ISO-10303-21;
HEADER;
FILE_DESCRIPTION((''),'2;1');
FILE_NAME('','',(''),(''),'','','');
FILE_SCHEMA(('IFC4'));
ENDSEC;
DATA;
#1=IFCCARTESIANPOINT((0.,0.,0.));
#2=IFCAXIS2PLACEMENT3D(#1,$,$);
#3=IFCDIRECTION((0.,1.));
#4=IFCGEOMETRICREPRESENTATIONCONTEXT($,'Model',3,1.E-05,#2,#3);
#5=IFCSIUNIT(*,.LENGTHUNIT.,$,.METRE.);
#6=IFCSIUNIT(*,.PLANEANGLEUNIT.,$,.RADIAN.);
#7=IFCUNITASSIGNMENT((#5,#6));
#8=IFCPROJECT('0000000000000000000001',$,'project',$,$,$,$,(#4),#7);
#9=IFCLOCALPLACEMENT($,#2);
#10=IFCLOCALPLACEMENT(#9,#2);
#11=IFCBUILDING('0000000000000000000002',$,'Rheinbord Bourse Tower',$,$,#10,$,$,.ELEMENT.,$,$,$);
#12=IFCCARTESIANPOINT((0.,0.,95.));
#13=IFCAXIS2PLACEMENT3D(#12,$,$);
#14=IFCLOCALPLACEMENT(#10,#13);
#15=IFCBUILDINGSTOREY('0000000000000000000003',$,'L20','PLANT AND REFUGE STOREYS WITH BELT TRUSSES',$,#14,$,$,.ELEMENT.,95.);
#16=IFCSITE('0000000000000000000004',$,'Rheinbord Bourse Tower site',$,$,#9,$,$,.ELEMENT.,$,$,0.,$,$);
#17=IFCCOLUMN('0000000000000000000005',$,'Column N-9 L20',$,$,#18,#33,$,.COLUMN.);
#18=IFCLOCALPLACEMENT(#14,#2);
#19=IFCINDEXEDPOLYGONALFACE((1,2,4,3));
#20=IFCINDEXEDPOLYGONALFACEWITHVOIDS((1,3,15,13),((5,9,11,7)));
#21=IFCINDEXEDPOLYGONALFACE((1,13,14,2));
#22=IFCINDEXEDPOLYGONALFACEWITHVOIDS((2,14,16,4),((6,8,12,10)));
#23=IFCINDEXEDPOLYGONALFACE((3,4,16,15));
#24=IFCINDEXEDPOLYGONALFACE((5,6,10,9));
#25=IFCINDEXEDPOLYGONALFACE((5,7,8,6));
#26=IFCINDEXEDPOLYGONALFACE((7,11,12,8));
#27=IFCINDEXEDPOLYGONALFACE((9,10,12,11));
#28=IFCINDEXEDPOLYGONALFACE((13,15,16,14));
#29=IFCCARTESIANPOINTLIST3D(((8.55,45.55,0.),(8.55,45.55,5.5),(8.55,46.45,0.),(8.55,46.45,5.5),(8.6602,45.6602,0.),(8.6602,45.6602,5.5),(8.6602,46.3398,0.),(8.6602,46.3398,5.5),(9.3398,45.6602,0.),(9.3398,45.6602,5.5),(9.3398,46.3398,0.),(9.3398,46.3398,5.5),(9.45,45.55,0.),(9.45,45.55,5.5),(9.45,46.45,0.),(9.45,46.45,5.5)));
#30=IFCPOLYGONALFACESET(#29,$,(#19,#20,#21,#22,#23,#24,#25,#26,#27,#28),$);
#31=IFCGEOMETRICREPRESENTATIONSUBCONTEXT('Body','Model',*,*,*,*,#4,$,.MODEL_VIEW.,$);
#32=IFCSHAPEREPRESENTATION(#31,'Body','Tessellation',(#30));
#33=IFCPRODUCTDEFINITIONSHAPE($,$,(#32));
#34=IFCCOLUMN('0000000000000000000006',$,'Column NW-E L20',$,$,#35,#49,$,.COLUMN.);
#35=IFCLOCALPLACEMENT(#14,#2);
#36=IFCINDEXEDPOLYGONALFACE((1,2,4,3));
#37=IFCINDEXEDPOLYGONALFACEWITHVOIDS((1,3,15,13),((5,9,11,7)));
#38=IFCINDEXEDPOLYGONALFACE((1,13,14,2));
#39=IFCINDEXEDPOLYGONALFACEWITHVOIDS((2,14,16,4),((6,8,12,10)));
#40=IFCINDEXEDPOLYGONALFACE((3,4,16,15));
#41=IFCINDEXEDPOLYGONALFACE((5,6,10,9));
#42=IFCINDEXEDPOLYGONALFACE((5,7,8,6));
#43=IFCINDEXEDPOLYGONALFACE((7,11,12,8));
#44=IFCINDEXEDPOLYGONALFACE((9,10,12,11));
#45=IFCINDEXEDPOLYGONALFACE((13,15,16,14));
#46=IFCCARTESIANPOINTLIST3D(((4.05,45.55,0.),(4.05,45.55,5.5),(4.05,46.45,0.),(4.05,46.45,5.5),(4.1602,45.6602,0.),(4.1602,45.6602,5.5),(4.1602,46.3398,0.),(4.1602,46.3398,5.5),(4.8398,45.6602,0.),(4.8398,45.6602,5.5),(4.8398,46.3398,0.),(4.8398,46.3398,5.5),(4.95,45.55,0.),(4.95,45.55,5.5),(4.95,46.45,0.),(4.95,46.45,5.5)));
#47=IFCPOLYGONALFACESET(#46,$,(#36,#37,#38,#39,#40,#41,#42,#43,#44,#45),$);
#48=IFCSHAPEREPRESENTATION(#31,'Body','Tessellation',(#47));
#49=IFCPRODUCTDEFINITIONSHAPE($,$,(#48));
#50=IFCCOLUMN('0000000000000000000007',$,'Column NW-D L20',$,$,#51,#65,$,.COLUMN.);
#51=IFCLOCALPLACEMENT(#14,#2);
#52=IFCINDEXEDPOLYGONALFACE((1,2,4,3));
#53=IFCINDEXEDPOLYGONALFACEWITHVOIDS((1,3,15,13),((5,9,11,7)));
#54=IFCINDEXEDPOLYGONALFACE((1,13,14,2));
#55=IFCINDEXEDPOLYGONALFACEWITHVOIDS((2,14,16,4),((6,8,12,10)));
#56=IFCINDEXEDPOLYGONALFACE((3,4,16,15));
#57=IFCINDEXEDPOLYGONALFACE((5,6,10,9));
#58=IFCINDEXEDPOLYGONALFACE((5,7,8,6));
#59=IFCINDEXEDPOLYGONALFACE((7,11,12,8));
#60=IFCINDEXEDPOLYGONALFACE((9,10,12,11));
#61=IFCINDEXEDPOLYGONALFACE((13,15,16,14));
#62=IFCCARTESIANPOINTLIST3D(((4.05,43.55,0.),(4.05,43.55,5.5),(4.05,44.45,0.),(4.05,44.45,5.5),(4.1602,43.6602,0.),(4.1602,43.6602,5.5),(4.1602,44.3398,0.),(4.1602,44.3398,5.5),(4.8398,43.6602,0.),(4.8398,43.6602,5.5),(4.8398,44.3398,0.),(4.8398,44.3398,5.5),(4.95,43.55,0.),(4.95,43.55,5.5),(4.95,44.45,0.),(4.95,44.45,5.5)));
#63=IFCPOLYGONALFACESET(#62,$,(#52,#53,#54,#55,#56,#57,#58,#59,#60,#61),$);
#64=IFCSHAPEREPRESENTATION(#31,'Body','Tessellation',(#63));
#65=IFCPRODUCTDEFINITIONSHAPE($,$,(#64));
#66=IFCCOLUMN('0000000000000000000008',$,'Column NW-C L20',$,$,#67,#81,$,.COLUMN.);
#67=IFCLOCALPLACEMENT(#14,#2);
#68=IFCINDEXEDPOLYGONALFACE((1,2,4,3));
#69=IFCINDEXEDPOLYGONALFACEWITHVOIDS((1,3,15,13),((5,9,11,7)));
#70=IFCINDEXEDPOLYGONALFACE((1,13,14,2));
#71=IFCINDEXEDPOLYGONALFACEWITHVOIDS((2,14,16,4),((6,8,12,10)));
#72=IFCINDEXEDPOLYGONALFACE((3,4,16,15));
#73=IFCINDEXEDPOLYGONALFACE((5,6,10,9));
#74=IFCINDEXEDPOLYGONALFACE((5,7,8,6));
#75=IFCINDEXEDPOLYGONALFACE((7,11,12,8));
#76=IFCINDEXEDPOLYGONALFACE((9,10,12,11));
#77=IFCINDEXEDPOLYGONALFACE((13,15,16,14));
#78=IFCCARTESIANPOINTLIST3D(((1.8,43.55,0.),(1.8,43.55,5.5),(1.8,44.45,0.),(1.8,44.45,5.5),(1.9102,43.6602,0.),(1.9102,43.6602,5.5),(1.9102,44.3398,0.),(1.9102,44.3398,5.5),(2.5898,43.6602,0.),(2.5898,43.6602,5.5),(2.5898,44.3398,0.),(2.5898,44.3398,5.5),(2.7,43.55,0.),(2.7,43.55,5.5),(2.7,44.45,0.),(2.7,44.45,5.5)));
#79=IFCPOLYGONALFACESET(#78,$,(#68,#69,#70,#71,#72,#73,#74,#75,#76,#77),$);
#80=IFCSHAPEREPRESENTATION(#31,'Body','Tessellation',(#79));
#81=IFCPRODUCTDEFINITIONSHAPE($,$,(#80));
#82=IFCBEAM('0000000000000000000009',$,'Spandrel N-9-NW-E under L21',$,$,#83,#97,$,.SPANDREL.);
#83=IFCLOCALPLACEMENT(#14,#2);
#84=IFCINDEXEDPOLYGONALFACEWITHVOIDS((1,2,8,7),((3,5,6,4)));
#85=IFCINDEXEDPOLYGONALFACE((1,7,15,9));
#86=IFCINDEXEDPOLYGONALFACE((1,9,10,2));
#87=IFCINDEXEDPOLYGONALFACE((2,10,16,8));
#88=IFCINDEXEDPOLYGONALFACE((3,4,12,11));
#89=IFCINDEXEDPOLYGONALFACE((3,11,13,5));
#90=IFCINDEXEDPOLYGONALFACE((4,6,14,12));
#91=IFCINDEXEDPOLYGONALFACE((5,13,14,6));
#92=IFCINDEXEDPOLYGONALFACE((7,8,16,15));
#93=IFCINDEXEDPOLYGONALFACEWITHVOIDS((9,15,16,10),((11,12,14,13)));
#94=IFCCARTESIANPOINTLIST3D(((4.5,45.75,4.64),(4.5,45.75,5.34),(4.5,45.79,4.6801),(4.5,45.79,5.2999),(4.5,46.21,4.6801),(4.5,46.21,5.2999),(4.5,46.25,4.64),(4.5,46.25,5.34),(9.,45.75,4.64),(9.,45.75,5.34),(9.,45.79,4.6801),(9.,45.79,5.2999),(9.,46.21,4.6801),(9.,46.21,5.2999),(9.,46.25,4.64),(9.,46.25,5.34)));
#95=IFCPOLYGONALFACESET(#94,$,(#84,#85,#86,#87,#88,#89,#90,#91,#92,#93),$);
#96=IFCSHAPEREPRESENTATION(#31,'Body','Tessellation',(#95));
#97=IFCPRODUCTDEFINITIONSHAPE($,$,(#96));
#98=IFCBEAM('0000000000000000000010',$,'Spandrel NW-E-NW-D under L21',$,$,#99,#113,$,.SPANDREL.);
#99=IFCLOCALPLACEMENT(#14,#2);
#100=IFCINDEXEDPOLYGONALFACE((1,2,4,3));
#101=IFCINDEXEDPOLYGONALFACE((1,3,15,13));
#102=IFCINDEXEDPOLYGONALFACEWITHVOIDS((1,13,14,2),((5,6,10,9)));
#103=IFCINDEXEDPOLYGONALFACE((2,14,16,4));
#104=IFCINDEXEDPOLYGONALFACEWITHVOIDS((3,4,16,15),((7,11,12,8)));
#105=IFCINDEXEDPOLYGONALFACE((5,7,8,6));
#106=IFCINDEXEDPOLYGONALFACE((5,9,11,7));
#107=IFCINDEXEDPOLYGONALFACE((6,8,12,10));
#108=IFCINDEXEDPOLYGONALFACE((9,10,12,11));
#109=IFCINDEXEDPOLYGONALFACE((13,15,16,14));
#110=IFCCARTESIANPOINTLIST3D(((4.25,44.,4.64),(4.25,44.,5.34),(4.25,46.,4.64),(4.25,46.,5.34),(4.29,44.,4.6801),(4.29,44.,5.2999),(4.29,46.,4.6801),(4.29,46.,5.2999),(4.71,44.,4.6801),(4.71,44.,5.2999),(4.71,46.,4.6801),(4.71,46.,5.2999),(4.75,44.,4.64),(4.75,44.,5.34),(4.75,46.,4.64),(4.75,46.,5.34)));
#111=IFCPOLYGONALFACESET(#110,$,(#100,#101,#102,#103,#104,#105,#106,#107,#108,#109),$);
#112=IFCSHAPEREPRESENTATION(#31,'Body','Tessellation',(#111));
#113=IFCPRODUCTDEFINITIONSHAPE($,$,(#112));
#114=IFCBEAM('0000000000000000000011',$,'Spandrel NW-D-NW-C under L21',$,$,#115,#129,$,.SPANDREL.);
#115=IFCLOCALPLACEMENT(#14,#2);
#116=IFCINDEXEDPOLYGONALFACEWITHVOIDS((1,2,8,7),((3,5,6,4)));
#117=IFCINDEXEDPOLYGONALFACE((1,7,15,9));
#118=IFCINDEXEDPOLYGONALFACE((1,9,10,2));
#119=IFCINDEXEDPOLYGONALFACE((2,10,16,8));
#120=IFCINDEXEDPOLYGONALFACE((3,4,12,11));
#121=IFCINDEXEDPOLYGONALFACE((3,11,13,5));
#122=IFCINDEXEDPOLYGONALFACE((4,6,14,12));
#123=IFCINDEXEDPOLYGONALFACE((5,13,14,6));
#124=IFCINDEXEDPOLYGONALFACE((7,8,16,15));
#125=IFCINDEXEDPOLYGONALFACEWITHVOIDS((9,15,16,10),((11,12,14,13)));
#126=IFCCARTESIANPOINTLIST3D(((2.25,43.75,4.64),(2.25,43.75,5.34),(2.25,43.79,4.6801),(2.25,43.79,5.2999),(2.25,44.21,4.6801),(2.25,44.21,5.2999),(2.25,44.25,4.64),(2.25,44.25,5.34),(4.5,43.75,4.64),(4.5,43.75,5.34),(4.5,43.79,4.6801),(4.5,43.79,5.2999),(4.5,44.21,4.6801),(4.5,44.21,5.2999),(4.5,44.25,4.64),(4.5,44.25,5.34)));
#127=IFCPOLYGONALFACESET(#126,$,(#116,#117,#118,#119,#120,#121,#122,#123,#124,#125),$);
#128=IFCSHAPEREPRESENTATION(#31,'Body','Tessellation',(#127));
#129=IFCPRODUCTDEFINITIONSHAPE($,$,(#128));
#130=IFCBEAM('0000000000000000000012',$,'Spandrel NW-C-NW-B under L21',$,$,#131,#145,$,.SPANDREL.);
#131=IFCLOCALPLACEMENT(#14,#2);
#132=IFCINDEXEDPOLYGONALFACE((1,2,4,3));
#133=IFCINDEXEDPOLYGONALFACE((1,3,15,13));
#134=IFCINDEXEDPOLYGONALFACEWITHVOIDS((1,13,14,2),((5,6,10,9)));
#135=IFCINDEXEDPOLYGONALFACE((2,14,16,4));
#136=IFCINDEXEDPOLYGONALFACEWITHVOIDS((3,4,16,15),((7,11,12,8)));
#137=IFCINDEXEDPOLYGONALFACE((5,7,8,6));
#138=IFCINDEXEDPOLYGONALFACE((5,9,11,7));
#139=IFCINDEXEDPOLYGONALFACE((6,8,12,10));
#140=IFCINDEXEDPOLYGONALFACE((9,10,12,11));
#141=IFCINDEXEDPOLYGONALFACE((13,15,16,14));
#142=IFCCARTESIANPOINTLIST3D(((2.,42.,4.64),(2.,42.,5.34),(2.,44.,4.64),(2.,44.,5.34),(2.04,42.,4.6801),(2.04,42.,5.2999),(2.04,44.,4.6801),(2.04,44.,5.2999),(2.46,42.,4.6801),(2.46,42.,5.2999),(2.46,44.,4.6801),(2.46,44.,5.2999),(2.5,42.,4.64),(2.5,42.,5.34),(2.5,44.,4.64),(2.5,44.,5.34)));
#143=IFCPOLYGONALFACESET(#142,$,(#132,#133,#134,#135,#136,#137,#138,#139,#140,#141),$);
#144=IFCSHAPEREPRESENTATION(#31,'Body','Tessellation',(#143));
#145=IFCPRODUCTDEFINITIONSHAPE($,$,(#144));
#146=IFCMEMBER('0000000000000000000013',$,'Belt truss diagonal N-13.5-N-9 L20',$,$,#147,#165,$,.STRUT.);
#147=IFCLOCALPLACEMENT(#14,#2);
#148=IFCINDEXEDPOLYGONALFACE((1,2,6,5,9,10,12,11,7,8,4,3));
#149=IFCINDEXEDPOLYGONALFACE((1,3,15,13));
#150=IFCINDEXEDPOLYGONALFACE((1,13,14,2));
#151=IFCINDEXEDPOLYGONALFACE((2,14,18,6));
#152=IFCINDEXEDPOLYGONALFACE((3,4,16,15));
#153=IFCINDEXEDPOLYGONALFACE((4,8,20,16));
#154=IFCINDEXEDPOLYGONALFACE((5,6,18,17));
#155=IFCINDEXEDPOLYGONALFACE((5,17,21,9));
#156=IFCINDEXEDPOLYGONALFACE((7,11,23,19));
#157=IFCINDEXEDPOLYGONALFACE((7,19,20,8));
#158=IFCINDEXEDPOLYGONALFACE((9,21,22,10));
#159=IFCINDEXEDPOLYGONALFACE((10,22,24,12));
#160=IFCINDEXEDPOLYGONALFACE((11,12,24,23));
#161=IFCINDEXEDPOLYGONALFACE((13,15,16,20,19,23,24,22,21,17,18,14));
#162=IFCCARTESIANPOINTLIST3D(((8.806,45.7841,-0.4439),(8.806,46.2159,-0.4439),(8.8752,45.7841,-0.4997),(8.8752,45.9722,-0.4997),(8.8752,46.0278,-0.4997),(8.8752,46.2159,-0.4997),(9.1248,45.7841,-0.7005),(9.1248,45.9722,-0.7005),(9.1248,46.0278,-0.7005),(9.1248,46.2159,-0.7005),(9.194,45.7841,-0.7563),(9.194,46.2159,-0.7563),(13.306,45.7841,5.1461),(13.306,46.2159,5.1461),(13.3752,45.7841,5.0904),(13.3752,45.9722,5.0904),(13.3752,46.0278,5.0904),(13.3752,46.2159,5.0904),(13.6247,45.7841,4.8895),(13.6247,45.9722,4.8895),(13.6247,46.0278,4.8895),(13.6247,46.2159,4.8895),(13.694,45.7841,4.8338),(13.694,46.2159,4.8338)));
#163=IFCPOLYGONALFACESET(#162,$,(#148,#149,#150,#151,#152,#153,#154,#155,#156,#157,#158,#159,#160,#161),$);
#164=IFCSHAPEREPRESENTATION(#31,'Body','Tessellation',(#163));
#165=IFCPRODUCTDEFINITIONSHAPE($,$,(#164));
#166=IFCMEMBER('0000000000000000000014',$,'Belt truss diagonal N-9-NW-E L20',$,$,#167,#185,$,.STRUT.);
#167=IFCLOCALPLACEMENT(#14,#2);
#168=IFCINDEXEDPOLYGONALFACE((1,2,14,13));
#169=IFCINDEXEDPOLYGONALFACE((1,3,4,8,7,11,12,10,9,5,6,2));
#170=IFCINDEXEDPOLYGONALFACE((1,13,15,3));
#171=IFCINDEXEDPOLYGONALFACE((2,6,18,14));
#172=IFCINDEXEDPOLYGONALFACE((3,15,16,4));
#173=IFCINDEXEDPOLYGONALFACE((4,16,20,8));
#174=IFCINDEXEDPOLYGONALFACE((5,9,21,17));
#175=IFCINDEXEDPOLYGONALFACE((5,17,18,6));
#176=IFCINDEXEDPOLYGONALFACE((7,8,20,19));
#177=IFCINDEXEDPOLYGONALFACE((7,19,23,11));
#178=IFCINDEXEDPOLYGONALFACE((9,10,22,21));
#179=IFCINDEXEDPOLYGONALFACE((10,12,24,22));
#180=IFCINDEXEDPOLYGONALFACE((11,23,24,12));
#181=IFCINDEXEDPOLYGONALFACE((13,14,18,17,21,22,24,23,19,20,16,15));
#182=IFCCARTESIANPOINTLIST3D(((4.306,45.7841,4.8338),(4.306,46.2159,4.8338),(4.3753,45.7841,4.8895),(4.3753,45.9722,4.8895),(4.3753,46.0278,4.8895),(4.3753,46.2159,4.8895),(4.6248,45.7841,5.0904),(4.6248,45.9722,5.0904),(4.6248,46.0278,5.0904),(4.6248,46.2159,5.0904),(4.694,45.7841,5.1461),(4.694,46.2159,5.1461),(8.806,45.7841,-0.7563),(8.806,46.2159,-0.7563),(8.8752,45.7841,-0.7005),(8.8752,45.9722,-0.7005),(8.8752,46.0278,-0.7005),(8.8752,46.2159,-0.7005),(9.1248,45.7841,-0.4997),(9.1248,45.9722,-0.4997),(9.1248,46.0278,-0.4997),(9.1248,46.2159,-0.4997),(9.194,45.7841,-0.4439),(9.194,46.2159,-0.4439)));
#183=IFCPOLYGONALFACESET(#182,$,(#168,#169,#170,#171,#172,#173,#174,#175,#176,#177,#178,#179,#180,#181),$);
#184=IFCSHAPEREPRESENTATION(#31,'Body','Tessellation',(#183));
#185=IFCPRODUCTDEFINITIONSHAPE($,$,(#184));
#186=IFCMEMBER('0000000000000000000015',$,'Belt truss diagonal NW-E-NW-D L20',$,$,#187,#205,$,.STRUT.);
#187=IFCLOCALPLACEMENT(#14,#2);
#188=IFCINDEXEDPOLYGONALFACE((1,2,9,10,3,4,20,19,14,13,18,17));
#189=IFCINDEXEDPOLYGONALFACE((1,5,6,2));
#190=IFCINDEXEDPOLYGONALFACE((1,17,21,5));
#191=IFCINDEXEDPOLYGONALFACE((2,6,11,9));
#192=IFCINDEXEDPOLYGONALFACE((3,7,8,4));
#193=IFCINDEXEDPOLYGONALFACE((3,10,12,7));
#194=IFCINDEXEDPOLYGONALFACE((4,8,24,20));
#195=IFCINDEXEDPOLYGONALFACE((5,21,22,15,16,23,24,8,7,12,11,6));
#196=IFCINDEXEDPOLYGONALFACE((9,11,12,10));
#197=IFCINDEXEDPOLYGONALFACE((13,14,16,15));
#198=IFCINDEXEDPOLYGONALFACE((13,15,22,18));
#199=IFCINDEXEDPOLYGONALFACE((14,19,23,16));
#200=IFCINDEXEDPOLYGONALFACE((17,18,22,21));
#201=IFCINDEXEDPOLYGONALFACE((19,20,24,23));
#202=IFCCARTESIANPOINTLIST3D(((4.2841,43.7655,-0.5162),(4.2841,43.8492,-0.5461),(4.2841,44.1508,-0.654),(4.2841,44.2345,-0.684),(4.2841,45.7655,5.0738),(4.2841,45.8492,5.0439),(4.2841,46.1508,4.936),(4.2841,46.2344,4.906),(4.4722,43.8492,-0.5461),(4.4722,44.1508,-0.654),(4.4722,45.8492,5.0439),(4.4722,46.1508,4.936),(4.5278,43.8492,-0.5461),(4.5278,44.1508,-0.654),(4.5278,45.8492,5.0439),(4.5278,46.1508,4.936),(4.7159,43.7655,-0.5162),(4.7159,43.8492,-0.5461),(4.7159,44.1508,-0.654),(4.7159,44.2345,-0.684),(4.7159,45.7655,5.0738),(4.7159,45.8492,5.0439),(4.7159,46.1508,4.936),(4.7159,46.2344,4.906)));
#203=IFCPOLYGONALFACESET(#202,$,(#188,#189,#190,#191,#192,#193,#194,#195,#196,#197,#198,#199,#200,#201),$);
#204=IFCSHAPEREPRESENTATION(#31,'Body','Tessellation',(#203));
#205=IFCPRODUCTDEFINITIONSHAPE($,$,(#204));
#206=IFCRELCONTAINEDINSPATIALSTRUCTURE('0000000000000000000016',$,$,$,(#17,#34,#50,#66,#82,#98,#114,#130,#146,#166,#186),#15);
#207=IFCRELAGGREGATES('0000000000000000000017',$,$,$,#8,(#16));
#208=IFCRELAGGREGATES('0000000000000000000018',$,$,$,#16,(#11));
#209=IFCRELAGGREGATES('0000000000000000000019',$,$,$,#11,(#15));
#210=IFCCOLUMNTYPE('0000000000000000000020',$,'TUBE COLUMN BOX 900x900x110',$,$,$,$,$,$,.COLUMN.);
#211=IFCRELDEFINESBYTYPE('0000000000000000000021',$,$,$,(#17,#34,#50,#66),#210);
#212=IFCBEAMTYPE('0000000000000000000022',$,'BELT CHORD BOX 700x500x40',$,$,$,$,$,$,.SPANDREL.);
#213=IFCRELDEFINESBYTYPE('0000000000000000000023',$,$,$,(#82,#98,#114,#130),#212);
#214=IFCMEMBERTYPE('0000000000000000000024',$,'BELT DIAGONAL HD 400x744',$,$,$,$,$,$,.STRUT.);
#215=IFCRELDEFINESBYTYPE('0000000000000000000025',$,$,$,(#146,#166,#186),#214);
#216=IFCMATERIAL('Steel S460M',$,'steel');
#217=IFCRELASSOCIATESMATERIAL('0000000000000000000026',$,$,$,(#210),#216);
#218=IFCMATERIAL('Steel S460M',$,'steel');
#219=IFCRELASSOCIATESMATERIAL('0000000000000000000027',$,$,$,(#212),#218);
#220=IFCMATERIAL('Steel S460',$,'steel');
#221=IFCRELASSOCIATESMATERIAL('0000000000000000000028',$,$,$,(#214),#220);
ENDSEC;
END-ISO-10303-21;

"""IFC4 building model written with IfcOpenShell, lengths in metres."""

from ifc_helpers import new_model, si_unit, direction, frame, origin, origin_2d, place, context, subcontext, project, spatial, hollow_rectangle, i_section, extrude, material, material_profile, profile_set, type_object, element, save


model = new_model("IFC4")

# Units and contexts
model_context = context("Model", 3, precision=1e-05, world=origin(), true_north=direction((0.0, 1.0)))
body_context = subcontext(model_context, "Body", "Model", "MODEL_VIEW")
ifc_project = project(units=[si_unit("LENGTHUNIT", "METRE"), si_unit("PLANEANGLEUNIT", "RADIAN")], contexts=[model_context])

# Site, building, storey
site_placement = place(None, origin())
site = spatial("IfcSite", under=ifc_project, at=site_placement, Name="Rheinbord Bourse Tower site", CompositionType="ELEMENT", RefElevation=0.0)
building_placement = place(site_placement, origin())
building = spatial("IfcBuilding", under=site, at=building_placement, Name="Rheinbord Bourse Tower", CompositionType="ELEMENT")
storey_placement = place(building_placement, frame((0.0, 0.0, 95.0)))
storey = spatial("IfcBuildingStorey", under=building, at=storey_placement, Name="L20", Description="PLANT AND REFUGE STOREYS WITH BELT TRUSSES", CompositionType="ELEMENT", Elevation=95.0)

# Columns
ifc_material_1 = material(Name="Steel S460M", Category="steel")
ifc_material_profile_1 = material_profile(ifc_material_1, hollow_rectangle(XDim=0.8999, YDim=0.8999, WallThickness=0.1101, at=origin_2d()), Name="BOX 900x900x110")
ifc_profile_set_1 = profile_set([ifc_material_profile_1], Name="Steel S460M")
column_type = type_object("IfcColumnType", Name="TUBE COLUMN BOX 900x900x110", PredefinedType="COLUMN", material=ifc_profile_set_1)
for number, where, z_axis, x_axis, name in (
    (1, (9.0, 46.0, 0.0), (0.0, 0.0, 1.0), (0.0, 1.0, 0.0), "Column N-9 L20"),
    (2, (4.5, 46.0, 0.0), (0.0, 0.0, 1.0), (0.0, 1.0, 0.0), "Column NW-E L20"),
    (3, (4.5, 44.0, 0.0), (0.0, 0.0, 1.0), (0.0, 1.0, 0.0), "Column NW-D L20"),
    (4, (2.25, 44.0, 0.0), (0.0, 0.0, 1.0), (1.0, 0.0, 0.0), "Column NW-C L20"),
):
    element("IfcColumn", number, at=place(storey_placement, frame(where, z_axis=z_axis, x_axis=x_axis)), inside=storey, type_object=column_type, Name=name, PredefinedType="COLUMN", context=body_context, shape_type="SweptSolid", body=[
        extrude(hollow_rectangle(XDim=0.8999, YDim=0.8999, WallThickness=0.1101, at=origin_2d()), origin(), (0.0, 0.0, 1.0), 5.5),
    ])

# Beams
ifc_material_2 = material(Name="Steel S460M", Category="steel")
ifc_material_profile_2 = material_profile(ifc_material_2, hollow_rectangle(XDim=0.5, YDim=0.7, WallThickness=0.04, at=origin_2d()), Name="BOX 700x500x40")
ifc_profile_set_2 = profile_set([ifc_material_profile_2], Name="Steel S460M")
beam_type_1 = type_object("IfcBeamType", Name="BELT CHORD BOX 700x500x40", PredefinedType="SPANDREL", material=ifc_profile_set_2)
beam_1_placement = place(storey_placement, frame((9.0, 46.0, 4.99), z_axis=(-1.0, 0.0, 0.0), x_axis=(0.0, -1.0, 0.0)))
element("IfcBeam", 5, at=beam_1_placement, inside=storey, type_object=beam_type_1, Name="Spandrel N-9-NW-E under L21", PredefinedType="SPANDREL", context=body_context, shape_type="SweptSolid", body=[
    extrude(hollow_rectangle(XDim=0.5, YDim=0.7, WallThickness=0.04, at=origin_2d()), origin(), (0.0, 0.0, 1.0), 4.5),
])
beam_2_placement = place(storey_placement, frame((4.5, 46.0, 4.99), z_axis=(0.0, -1.0, 0.0), x_axis=(1.0, 0.0, 0.0)))
element("IfcBeam", 6, at=beam_2_placement, inside=storey, type_object=beam_type_1, Name="Spandrel NW-E-NW-D under L21", PredefinedType="SPANDREL", context=body_context, shape_type="SweptSolid", body=[
    extrude(hollow_rectangle(XDim=0.5, YDim=0.7, WallThickness=0.04, at=origin_2d()), origin(), (0.0, 0.0, 1.0), 2.0),
])
beam_3_placement = place(storey_placement, frame((4.5, 44.0, 4.99), z_axis=(-1.0, 0.0, 0.0), x_axis=(0.0, -1.0, 0.0)))
element("IfcBeam", 7, at=beam_3_placement, inside=storey, type_object=beam_type_1, Name="Spandrel NW-D-NW-C under L21", PredefinedType="SPANDREL", context=body_context, shape_type="SweptSolid", body=[
    extrude(hollow_rectangle(XDim=0.5, YDim=0.7, WallThickness=0.04, at=origin_2d()), origin(), (0.0, 0.0, 1.0), 2.25),
])
beam_4_placement = place(storey_placement, frame((2.25, 44.0, 4.99), z_axis=(0.0, -1.0, 0.0), x_axis=(1.0, 0.0, 0.0)))
element("IfcBeam", 8, at=beam_4_placement, inside=storey, type_object=beam_type_1, Name="Spandrel NW-C-NW-B under L21", PredefinedType="SPANDREL", context=body_context, shape_type="SweptSolid", body=[
    extrude(hollow_rectangle(XDim=0.5, YDim=0.7, WallThickness=0.04, at=origin_2d()), origin(), (0.0, 0.0, 1.0), 2.0),
])

# Members
ifc_material_3 = material(Name="Steel S460", Category="steel")
ifc_material_profile_3 = material_profile(ifc_material_3, i_section(OverallWidth=0.4319, OverallDepth=0.498, WebThickness=0.0557, FlangeThickness=0.0889, at=origin_2d()), Name="HD 400x744")
ifc_profile_set_3 = profile_set([ifc_material_profile_3], Name="Steel S460")
member_type_1 = type_object("IfcMemberType", Name="BELT DIAGONAL HD 400x744", PredefinedType="STRUT", material=ifc_profile_set_3)
for number, where, z_axis, x_axis, name in (
    (9, (9.0, 46.0, -0.6001), (0.627065, 0.0, 0.778967), (0.0, 1.0, 0.0), "Belt truss diagonal N-13.5-N-9 L20"),
    (10, (9.0, 46.0, -0.6001), (-0.627065, 0.0, 0.778967), (0.0, -1.0, 0.0), "Belt truss diagonal N-9-NW-E L20"),
):
    element("IfcMember", number, at=place(storey_placement, frame(where, z_axis=z_axis, x_axis=x_axis)), inside=storey, type_object=member_type_1, Name=name, PredefinedType="STRUT", context=body_context, shape_type="SweptSolid", body=[
        extrude(i_section(OverallWidth=0.4319, OverallDepth=0.498, WebThickness=0.0557, FlangeThickness=0.0889, at=origin_2d()), origin(), (0.0, 0.0, 1.0), 7.1763),
    ])
member_1_placement = place(storey_placement, frame((4.5, 44.0, -0.6001), z_axis=(0.0, 0.336865, 0.941553), x_axis=(-1.0, 0.0, 0.0)))
element("IfcMember", 11, at=member_1_placement, inside=storey, type_object=member_type_1, Name="Belt truss diagonal NW-E-NW-D L20", PredefinedType="STRUT", context=body_context, shape_type="SweptSolid", body=[
    extrude(i_section(OverallWidth=0.4319, OverallDepth=0.498, WebThickness=0.0557, FlangeThickness=0.0889, at=origin_2d()), origin(), (0.0, 0.0, 1.0), 5.937),
])

save(model, "model.ifc")
